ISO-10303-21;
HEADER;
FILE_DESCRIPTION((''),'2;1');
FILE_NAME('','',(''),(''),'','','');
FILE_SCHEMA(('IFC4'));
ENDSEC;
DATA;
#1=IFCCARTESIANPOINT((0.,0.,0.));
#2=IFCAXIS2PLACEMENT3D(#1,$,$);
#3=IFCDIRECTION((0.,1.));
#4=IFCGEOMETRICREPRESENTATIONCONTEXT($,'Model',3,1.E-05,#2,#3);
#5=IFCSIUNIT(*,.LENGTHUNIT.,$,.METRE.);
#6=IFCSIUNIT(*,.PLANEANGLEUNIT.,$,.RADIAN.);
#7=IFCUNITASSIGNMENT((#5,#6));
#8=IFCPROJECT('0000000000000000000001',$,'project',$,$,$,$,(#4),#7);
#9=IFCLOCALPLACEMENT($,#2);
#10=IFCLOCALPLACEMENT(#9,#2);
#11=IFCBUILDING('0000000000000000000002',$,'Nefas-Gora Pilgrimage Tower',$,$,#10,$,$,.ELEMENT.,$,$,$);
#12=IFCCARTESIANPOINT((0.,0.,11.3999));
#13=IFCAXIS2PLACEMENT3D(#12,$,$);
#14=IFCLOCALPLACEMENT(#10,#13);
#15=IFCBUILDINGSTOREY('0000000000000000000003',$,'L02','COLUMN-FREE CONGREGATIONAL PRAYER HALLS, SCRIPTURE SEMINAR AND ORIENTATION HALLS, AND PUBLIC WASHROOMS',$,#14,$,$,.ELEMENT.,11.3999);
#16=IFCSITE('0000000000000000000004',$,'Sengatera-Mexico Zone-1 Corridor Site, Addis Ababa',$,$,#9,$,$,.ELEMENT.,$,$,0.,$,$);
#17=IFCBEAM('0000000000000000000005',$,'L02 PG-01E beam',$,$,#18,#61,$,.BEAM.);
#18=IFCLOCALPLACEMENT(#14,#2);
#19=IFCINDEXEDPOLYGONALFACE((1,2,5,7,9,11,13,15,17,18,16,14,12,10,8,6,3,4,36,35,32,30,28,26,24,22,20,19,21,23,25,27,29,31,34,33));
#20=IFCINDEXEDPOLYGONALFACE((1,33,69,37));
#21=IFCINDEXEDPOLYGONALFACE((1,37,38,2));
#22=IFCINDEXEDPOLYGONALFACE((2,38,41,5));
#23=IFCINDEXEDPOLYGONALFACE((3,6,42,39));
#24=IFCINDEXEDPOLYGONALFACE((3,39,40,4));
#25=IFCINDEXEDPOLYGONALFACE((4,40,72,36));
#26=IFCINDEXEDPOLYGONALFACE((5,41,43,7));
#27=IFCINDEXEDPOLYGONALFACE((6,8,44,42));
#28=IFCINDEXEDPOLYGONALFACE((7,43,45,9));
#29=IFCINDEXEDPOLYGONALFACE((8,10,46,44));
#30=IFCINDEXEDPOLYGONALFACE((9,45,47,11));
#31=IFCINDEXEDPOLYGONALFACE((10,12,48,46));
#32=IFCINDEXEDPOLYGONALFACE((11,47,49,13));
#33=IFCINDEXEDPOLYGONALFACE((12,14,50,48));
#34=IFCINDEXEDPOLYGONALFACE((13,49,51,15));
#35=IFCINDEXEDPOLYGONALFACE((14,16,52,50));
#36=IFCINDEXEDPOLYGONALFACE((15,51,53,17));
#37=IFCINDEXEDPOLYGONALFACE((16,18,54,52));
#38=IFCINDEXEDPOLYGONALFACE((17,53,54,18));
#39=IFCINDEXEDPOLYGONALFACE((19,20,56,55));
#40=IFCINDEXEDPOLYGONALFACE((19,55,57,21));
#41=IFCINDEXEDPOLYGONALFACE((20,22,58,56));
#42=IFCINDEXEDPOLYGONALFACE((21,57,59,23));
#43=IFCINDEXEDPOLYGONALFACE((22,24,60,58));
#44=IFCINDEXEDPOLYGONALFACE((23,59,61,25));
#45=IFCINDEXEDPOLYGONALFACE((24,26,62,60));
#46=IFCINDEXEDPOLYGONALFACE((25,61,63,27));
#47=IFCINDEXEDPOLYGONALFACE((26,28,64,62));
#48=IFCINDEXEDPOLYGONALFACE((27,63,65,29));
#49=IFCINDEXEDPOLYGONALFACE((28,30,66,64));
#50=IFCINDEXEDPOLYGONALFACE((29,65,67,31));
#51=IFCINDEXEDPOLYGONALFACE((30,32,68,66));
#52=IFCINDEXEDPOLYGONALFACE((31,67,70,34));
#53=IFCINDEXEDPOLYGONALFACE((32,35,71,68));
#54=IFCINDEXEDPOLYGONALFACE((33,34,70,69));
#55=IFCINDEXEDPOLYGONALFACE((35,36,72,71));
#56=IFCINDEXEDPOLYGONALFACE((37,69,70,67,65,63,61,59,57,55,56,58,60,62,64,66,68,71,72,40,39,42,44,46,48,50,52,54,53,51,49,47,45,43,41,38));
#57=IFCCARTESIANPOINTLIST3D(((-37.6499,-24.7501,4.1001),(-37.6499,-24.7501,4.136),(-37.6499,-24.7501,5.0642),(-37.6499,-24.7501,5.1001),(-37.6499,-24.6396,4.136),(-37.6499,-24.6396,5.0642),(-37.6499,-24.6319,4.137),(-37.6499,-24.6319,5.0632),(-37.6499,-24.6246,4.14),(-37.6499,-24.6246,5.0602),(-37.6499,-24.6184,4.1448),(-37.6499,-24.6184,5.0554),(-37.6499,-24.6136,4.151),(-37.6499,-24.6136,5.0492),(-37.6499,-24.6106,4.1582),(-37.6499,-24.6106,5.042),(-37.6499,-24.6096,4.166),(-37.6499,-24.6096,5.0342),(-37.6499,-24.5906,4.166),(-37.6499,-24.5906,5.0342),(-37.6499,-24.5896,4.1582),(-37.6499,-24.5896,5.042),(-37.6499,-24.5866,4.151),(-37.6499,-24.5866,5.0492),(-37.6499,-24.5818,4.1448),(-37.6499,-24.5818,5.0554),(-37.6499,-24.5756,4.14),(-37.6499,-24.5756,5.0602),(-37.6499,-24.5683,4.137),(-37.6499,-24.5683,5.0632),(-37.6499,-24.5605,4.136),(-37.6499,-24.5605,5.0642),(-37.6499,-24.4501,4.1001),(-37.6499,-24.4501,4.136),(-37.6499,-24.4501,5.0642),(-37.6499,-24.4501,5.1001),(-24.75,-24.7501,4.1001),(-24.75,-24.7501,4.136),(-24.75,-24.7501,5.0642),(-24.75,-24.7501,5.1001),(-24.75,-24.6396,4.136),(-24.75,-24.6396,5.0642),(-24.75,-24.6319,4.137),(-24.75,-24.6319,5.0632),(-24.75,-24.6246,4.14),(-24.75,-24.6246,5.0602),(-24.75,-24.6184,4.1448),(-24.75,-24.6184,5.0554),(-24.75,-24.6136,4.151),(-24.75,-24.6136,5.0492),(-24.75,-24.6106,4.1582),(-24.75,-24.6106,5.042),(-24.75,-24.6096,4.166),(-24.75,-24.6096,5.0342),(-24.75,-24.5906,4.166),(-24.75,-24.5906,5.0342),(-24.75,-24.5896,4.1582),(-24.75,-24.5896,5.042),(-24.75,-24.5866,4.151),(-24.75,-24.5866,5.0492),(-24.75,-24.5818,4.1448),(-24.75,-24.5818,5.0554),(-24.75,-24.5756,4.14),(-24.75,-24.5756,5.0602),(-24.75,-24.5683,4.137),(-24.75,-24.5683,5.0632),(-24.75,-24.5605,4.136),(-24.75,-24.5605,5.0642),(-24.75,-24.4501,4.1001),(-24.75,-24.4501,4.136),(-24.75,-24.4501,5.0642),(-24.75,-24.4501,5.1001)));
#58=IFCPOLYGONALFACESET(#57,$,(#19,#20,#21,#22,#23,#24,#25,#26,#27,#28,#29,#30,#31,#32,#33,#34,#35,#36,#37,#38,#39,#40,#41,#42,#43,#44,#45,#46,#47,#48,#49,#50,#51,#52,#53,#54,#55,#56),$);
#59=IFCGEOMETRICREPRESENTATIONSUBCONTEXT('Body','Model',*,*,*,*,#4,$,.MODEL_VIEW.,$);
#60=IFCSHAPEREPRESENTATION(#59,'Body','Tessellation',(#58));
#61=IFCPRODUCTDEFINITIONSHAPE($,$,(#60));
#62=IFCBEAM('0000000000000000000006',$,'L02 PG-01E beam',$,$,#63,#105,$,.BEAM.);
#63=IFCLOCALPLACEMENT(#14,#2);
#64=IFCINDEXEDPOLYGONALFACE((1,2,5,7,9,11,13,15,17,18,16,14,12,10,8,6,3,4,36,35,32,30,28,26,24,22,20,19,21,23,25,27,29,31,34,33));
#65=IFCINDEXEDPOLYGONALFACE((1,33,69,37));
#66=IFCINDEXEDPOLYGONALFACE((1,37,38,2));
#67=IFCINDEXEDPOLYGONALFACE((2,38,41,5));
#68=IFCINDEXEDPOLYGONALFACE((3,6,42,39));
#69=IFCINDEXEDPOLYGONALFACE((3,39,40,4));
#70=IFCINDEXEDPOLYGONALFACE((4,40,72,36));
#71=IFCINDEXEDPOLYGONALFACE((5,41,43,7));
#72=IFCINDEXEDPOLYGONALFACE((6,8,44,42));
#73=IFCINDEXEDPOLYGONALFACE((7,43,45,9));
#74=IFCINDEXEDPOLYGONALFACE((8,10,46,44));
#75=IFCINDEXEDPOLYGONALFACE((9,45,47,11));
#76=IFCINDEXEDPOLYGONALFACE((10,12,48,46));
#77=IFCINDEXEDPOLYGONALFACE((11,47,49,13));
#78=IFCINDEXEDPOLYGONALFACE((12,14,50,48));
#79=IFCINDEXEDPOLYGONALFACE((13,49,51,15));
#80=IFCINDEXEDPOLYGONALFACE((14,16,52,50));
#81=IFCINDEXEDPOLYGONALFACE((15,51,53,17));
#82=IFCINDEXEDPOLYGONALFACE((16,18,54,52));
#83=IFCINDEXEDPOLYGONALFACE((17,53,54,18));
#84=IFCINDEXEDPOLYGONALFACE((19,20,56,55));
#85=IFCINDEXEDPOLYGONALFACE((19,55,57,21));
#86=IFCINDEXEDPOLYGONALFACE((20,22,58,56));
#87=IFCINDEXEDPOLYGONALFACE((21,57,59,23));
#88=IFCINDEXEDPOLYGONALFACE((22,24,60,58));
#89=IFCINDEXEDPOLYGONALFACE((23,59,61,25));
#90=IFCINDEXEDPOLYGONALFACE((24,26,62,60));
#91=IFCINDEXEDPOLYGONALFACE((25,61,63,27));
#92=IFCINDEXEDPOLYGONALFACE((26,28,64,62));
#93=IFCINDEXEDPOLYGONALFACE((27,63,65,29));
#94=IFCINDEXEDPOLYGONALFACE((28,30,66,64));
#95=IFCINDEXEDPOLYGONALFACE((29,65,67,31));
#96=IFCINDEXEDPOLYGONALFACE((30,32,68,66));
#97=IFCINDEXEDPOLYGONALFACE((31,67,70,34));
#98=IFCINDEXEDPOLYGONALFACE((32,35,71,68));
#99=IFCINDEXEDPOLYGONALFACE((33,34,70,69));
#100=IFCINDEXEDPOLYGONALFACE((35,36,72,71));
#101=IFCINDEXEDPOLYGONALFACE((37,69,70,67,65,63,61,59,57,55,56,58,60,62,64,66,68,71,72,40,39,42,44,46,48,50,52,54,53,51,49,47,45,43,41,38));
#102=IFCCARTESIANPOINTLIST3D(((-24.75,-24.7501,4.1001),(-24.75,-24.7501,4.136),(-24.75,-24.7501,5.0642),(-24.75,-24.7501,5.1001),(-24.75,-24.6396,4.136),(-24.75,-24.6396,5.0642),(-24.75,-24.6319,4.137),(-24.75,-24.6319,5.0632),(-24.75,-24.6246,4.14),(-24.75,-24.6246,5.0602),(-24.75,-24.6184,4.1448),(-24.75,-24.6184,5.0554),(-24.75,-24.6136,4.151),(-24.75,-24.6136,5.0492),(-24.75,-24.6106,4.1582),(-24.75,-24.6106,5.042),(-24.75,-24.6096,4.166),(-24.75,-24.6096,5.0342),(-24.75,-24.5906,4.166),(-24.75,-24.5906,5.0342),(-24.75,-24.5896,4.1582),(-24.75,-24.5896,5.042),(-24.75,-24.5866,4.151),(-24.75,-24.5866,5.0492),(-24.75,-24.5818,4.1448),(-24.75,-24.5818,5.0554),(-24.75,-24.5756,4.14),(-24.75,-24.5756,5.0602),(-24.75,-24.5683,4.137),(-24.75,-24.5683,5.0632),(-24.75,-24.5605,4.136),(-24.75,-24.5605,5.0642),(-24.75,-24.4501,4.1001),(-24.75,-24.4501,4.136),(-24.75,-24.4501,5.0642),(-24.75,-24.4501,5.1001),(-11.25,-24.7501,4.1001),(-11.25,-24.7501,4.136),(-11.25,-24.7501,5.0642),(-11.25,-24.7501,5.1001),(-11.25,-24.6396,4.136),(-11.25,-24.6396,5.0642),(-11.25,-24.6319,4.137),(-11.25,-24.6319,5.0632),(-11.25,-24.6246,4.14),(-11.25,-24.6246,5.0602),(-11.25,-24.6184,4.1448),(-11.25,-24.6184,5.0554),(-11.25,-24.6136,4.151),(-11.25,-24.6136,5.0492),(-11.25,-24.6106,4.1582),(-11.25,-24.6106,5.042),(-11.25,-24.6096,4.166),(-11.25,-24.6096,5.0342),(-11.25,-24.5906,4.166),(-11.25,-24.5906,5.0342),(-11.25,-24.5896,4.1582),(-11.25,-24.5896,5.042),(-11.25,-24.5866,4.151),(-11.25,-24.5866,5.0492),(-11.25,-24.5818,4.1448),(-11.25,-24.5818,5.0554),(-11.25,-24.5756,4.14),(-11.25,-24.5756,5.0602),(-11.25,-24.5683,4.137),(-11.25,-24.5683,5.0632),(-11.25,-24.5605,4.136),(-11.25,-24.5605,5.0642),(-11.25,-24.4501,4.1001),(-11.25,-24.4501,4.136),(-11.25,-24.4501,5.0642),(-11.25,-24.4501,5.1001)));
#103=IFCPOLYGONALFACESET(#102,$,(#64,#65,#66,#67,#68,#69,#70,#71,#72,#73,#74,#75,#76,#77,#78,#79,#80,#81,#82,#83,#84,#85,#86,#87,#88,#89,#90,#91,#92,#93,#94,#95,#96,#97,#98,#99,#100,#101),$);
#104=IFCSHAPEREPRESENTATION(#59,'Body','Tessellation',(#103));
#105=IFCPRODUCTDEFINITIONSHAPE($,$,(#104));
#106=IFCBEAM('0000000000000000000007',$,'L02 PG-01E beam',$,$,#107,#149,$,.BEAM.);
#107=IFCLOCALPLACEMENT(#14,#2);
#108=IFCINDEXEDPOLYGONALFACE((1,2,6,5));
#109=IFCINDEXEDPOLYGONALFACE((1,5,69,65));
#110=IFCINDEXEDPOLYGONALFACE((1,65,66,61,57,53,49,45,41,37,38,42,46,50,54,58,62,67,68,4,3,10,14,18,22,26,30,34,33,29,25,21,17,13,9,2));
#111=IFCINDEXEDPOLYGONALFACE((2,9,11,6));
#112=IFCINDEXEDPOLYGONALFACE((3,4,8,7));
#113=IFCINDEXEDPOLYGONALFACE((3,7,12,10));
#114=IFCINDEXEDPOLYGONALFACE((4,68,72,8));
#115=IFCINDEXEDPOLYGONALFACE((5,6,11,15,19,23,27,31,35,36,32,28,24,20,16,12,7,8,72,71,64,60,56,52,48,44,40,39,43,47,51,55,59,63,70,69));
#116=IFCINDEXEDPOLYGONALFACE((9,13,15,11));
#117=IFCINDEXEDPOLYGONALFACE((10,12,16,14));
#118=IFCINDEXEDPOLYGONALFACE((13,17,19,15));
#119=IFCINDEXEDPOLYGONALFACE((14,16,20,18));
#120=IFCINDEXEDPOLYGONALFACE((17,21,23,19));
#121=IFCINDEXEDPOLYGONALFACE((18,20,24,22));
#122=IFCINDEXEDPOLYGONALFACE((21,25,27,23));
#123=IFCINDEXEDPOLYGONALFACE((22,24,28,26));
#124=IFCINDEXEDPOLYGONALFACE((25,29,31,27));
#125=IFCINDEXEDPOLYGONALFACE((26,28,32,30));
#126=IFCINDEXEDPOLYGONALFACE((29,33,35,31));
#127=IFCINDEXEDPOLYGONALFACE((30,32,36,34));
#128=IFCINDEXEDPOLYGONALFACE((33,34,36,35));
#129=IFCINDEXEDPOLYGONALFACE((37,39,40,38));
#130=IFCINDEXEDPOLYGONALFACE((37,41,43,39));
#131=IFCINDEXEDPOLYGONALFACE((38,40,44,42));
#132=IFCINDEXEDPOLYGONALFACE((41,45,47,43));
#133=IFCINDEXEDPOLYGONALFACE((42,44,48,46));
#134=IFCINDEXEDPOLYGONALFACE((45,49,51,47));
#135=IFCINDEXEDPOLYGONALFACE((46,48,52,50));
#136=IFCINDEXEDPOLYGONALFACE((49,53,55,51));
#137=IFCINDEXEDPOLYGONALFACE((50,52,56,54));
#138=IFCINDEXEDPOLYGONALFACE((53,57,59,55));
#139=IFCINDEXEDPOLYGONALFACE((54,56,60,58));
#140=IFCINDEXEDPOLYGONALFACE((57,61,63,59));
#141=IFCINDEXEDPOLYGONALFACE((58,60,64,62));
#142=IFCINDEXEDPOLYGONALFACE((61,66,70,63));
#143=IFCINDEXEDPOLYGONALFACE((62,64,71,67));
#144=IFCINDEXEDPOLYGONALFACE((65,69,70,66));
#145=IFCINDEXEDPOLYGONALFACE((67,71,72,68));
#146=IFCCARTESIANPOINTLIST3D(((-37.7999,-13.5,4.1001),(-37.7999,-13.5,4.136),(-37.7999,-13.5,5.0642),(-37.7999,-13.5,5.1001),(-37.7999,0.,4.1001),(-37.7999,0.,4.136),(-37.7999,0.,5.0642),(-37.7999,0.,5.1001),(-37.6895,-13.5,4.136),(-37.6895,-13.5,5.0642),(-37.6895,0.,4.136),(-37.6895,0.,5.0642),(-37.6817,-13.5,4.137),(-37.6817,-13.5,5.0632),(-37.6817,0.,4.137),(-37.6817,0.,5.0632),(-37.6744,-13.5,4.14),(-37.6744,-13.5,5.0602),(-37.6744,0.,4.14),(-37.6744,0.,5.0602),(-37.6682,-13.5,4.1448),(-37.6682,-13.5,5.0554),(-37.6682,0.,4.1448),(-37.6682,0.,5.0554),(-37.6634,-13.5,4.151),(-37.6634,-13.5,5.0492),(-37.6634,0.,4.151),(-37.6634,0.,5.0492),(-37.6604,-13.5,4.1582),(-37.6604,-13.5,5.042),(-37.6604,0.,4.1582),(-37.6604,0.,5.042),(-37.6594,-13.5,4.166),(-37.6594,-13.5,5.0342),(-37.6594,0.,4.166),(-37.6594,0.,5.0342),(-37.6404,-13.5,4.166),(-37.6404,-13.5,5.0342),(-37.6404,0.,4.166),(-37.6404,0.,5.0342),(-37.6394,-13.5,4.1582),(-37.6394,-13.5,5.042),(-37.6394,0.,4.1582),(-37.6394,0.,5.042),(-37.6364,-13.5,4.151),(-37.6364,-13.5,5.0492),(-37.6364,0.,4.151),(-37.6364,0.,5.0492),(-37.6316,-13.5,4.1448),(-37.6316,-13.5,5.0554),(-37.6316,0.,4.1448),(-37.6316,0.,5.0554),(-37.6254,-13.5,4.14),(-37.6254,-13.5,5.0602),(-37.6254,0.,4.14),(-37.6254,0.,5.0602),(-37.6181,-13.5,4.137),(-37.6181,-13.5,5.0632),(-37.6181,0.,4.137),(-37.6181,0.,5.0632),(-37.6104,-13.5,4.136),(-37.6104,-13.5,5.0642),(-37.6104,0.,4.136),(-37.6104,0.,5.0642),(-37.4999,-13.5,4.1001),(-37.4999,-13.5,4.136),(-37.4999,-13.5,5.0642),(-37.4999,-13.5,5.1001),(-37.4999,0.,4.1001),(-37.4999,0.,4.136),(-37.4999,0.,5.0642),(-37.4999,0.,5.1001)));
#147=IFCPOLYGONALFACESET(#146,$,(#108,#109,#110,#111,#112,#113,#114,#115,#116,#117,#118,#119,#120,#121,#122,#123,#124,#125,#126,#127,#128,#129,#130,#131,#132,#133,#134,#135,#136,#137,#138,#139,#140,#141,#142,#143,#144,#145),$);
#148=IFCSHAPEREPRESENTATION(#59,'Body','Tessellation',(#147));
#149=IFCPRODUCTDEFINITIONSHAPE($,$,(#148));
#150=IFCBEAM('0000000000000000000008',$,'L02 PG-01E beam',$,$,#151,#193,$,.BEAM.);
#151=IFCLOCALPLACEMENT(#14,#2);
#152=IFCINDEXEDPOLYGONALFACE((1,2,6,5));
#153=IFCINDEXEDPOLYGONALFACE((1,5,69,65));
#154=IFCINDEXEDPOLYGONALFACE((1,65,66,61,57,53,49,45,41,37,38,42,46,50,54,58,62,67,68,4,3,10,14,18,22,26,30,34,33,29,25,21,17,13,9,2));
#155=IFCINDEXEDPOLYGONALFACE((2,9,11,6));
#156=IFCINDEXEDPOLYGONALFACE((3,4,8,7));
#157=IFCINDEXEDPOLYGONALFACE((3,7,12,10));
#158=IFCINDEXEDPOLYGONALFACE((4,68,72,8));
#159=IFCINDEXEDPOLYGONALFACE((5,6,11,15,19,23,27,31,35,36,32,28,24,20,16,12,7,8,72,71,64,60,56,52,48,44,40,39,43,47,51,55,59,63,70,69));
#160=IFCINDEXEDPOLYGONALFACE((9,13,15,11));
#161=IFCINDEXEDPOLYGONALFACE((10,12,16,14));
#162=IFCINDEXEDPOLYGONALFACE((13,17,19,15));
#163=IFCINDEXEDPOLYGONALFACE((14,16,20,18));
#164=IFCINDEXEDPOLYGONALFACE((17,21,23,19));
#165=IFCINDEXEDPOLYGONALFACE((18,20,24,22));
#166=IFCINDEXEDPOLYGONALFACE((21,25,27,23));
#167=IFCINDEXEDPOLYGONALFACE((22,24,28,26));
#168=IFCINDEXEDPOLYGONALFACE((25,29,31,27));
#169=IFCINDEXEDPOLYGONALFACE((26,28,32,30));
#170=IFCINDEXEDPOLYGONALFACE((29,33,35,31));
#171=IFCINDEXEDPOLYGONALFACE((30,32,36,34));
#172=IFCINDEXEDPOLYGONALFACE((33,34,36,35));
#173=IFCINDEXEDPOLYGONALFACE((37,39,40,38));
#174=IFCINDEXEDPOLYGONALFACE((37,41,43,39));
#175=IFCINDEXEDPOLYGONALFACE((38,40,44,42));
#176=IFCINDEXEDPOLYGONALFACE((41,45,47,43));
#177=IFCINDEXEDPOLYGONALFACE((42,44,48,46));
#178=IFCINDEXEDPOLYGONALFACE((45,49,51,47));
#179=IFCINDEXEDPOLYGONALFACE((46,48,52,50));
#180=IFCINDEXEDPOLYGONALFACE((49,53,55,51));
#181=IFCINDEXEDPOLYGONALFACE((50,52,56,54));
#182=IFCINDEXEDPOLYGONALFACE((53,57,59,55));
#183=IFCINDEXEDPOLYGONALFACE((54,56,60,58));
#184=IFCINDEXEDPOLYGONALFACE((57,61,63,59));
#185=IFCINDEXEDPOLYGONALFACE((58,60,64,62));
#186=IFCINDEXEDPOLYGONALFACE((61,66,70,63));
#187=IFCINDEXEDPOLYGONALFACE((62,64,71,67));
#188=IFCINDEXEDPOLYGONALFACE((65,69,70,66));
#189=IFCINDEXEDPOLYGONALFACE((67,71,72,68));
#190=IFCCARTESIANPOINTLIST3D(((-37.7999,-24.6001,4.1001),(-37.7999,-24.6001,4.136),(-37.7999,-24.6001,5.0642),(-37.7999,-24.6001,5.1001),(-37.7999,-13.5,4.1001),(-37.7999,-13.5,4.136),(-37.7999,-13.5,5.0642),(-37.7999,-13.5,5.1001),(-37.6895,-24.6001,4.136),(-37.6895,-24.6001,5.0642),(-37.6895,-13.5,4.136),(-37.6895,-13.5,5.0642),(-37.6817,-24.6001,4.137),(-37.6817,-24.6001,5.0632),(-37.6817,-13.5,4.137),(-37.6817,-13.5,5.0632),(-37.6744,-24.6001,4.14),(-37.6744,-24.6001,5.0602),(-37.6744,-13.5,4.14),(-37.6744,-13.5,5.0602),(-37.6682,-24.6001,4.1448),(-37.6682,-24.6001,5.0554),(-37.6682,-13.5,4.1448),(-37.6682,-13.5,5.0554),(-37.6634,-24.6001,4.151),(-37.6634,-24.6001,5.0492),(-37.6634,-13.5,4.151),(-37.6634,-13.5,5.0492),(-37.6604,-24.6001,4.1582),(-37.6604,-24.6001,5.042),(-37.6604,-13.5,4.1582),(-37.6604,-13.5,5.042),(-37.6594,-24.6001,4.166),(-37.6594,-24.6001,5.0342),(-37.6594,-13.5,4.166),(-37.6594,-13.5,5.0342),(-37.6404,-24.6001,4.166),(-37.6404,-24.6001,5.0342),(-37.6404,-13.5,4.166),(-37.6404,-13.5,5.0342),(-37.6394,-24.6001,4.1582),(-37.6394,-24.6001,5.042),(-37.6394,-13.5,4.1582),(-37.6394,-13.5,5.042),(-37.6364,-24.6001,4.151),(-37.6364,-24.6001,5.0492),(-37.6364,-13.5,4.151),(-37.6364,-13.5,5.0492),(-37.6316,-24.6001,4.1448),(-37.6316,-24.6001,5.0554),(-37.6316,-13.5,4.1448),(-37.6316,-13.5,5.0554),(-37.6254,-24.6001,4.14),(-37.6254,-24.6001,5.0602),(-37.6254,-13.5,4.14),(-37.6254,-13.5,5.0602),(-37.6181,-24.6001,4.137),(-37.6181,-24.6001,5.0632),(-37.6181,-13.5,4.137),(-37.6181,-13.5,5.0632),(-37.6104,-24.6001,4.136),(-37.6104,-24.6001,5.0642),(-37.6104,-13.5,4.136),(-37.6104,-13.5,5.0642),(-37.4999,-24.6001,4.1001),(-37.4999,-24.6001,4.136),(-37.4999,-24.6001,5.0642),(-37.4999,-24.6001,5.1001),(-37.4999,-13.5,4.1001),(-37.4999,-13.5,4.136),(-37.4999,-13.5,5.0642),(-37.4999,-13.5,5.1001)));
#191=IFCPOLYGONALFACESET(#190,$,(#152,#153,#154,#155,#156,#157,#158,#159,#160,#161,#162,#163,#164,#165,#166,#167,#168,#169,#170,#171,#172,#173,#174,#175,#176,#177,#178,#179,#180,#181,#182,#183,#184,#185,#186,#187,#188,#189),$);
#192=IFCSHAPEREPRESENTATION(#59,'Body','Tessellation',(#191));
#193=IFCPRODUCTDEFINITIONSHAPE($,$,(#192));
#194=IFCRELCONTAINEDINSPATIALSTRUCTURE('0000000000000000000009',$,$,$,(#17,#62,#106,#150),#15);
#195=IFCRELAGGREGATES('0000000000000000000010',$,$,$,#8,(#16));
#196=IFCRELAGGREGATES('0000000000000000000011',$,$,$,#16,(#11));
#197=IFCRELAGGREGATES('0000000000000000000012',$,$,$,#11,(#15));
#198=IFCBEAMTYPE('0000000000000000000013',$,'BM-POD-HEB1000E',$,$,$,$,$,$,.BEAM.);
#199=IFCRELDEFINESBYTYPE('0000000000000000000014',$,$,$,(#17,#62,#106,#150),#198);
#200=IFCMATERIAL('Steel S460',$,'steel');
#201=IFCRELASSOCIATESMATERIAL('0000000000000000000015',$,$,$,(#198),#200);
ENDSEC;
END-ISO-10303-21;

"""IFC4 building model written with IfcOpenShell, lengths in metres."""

from ifc_helpers import new_model, si_unit, direction, frame, origin, origin_2d, place, context, subcontext, project, spatial, i_section, extrude, source, transform, mapped, material, material_profile, profile_set, type_object, element, save


model = new_model("IFC4")

# Units and contexts
model_context = context("Model", 3, precision=1e-05, world=origin(), true_north=direction((0.0, 1.0)))
body_context = subcontext(model_context, "Body", "Model", "MODEL_VIEW")
ifc_project = project(units=[si_unit("LENGTHUNIT", "METRE"), si_unit("PLANEANGLEUNIT", "RADIAN")], contexts=[model_context])

# Site, building, storey
site_placement = place(None, origin())
site = spatial("IfcSite", under=ifc_project, at=site_placement, Name="Sengatera-Mexico Zone-1 Corridor Site, Addis Ababa", CompositionType="ELEMENT", RefElevation=0.0)
building_placement = place(site_placement, origin())
building = spatial("IfcBuilding", under=site, at=building_placement, Name="Nefas-Gora Pilgrimage Tower", CompositionType="ELEMENT")
storey_placement = place(building_placement, frame((0.0, 0.0, 11.3999)))
storey = spatial("IfcBuildingStorey", under=building, at=storey_placement, Name="L02", Description="COLUMN-FREE CONGREGATIONAL PRAYER HALLS, SCRIPTURE SEMINAR AND ORIENTATION HALLS, AND PUBLIC WASHROOMS", CompositionType="ELEMENT", Elevation=11.3999)

# Shared definitions
ifc_material_1 = material(Name="Steel S460", Category="steel")

# Beams
ifc_material_profile_1 = material_profile(ifc_material_1, i_section(OverallWidth=0.3, OverallDepth=1.0, WebThickness=0.019, FlangeThickness=0.0359, FilletRadius=0.03, at=origin_2d()), Name="HEB 1000")
ifc_profile_set_1 = profile_set([ifc_material_profile_1], Name="Steel S460")
beam_type_1 = type_object("IfcBeamType", Name="BM-POD-HEB1000E", PredefinedType="BEAM", material=ifc_profile_set_1)
shared_shape_1 = source(origin(), body_context, "Body", "SweptSolid", [
    extrude(i_section(OverallWidth=0.3, OverallDepth=1.0, WebThickness=0.019, FlangeThickness=0.0359, FilletRadius=0.03, at=origin_2d()), origin(), (0.0, 0.0, 1.0), 12.8999),
])
beam_1_placement = place(storey_placement, frame((-37.6499, -24.6001, 4.6001), z_axis=(1.0, 0.0, 0.0), x_axis=(0.0, 1.0, 0.0)))
element("IfcBeam", 1, at=beam_1_placement, inside=storey, type_object=beam_type_1, Name="L02 PG-01E beam", PredefinedType="BEAM", context=body_context, shape_type="MappedRepresentation", body=[
    mapped(shared_shape_1, transform((0.0, 0.0, 0.0), x_axis=(1.0, 0.0, 0.0), y_axis=(0.0, 1.0, 0.0), z_axis=(0.0, 0.0, 1.0), scale=1.0)),
])
shared_shape_2 = source(origin(), body_context, "Body", "SweptSolid", [
    extrude(i_section(OverallWidth=0.3, OverallDepth=1.0, WebThickness=0.019, FlangeThickness=0.0359, FilletRadius=0.03, at=origin_2d()), origin(), (0.0, 0.0, 1.0), 13.5),
])
for number, where, z_axis, x_axis, name in (
    (2, (-24.75, -24.6001, 4.6001), (1.0, 0.0, 0.0), (0.0, 1.0, 0.0), "L02 PG-01E beam"),
    (3, (-37.6499, -13.5, 4.6001), (0.0, 1.0, 0.0), (-1.0, 0.0, 0.0), "L02 PG-01E beam"),
):
    element("IfcBeam", number, at=place(storey_placement, frame(where, z_axis=z_axis, x_axis=x_axis)), inside=storey, type_object=beam_type_1, Name=name, PredefinedType="BEAM", context=body_context, shape_type="MappedRepresentation", body=[
        mapped(shared_shape_2, transform((0.0, 0.0, 0.0), x_axis=(1.0, 0.0, 0.0), y_axis=(0.0, 1.0, 0.0), z_axis=(0.0, 0.0, 1.0), scale=1.0)),
    ])
shared_shape_3 = source(origin(), body_context, "Body", "SweptSolid", [
    extrude(i_section(OverallWidth=0.3, OverallDepth=1.0, WebThickness=0.019, FlangeThickness=0.0359, FilletRadius=0.03, at=origin_2d()), origin(), (0.0, 0.0, 1.0), 11.1001),
])
beam_2_placement = place(storey_placement, frame((-37.6499, -24.6001, 4.6001), z_axis=(0.0, 1.0, 0.0), x_axis=(-1.0, 0.0, 0.0)))
element("IfcBeam", 4, at=beam_2_placement, inside=storey, type_object=beam_type_1, Name="L02 PG-01E beam", PredefinedType="BEAM", context=body_context, shape_type="MappedRepresentation", body=[
    mapped(shared_shape_3, transform((0.0, 0.0, 0.0), x_axis=(1.0, 0.0, 0.0), y_axis=(0.0, 1.0, 0.0), z_axis=(0.0, 0.0, 1.0), scale=1.0)),
])

save(model, "model.ifc")
